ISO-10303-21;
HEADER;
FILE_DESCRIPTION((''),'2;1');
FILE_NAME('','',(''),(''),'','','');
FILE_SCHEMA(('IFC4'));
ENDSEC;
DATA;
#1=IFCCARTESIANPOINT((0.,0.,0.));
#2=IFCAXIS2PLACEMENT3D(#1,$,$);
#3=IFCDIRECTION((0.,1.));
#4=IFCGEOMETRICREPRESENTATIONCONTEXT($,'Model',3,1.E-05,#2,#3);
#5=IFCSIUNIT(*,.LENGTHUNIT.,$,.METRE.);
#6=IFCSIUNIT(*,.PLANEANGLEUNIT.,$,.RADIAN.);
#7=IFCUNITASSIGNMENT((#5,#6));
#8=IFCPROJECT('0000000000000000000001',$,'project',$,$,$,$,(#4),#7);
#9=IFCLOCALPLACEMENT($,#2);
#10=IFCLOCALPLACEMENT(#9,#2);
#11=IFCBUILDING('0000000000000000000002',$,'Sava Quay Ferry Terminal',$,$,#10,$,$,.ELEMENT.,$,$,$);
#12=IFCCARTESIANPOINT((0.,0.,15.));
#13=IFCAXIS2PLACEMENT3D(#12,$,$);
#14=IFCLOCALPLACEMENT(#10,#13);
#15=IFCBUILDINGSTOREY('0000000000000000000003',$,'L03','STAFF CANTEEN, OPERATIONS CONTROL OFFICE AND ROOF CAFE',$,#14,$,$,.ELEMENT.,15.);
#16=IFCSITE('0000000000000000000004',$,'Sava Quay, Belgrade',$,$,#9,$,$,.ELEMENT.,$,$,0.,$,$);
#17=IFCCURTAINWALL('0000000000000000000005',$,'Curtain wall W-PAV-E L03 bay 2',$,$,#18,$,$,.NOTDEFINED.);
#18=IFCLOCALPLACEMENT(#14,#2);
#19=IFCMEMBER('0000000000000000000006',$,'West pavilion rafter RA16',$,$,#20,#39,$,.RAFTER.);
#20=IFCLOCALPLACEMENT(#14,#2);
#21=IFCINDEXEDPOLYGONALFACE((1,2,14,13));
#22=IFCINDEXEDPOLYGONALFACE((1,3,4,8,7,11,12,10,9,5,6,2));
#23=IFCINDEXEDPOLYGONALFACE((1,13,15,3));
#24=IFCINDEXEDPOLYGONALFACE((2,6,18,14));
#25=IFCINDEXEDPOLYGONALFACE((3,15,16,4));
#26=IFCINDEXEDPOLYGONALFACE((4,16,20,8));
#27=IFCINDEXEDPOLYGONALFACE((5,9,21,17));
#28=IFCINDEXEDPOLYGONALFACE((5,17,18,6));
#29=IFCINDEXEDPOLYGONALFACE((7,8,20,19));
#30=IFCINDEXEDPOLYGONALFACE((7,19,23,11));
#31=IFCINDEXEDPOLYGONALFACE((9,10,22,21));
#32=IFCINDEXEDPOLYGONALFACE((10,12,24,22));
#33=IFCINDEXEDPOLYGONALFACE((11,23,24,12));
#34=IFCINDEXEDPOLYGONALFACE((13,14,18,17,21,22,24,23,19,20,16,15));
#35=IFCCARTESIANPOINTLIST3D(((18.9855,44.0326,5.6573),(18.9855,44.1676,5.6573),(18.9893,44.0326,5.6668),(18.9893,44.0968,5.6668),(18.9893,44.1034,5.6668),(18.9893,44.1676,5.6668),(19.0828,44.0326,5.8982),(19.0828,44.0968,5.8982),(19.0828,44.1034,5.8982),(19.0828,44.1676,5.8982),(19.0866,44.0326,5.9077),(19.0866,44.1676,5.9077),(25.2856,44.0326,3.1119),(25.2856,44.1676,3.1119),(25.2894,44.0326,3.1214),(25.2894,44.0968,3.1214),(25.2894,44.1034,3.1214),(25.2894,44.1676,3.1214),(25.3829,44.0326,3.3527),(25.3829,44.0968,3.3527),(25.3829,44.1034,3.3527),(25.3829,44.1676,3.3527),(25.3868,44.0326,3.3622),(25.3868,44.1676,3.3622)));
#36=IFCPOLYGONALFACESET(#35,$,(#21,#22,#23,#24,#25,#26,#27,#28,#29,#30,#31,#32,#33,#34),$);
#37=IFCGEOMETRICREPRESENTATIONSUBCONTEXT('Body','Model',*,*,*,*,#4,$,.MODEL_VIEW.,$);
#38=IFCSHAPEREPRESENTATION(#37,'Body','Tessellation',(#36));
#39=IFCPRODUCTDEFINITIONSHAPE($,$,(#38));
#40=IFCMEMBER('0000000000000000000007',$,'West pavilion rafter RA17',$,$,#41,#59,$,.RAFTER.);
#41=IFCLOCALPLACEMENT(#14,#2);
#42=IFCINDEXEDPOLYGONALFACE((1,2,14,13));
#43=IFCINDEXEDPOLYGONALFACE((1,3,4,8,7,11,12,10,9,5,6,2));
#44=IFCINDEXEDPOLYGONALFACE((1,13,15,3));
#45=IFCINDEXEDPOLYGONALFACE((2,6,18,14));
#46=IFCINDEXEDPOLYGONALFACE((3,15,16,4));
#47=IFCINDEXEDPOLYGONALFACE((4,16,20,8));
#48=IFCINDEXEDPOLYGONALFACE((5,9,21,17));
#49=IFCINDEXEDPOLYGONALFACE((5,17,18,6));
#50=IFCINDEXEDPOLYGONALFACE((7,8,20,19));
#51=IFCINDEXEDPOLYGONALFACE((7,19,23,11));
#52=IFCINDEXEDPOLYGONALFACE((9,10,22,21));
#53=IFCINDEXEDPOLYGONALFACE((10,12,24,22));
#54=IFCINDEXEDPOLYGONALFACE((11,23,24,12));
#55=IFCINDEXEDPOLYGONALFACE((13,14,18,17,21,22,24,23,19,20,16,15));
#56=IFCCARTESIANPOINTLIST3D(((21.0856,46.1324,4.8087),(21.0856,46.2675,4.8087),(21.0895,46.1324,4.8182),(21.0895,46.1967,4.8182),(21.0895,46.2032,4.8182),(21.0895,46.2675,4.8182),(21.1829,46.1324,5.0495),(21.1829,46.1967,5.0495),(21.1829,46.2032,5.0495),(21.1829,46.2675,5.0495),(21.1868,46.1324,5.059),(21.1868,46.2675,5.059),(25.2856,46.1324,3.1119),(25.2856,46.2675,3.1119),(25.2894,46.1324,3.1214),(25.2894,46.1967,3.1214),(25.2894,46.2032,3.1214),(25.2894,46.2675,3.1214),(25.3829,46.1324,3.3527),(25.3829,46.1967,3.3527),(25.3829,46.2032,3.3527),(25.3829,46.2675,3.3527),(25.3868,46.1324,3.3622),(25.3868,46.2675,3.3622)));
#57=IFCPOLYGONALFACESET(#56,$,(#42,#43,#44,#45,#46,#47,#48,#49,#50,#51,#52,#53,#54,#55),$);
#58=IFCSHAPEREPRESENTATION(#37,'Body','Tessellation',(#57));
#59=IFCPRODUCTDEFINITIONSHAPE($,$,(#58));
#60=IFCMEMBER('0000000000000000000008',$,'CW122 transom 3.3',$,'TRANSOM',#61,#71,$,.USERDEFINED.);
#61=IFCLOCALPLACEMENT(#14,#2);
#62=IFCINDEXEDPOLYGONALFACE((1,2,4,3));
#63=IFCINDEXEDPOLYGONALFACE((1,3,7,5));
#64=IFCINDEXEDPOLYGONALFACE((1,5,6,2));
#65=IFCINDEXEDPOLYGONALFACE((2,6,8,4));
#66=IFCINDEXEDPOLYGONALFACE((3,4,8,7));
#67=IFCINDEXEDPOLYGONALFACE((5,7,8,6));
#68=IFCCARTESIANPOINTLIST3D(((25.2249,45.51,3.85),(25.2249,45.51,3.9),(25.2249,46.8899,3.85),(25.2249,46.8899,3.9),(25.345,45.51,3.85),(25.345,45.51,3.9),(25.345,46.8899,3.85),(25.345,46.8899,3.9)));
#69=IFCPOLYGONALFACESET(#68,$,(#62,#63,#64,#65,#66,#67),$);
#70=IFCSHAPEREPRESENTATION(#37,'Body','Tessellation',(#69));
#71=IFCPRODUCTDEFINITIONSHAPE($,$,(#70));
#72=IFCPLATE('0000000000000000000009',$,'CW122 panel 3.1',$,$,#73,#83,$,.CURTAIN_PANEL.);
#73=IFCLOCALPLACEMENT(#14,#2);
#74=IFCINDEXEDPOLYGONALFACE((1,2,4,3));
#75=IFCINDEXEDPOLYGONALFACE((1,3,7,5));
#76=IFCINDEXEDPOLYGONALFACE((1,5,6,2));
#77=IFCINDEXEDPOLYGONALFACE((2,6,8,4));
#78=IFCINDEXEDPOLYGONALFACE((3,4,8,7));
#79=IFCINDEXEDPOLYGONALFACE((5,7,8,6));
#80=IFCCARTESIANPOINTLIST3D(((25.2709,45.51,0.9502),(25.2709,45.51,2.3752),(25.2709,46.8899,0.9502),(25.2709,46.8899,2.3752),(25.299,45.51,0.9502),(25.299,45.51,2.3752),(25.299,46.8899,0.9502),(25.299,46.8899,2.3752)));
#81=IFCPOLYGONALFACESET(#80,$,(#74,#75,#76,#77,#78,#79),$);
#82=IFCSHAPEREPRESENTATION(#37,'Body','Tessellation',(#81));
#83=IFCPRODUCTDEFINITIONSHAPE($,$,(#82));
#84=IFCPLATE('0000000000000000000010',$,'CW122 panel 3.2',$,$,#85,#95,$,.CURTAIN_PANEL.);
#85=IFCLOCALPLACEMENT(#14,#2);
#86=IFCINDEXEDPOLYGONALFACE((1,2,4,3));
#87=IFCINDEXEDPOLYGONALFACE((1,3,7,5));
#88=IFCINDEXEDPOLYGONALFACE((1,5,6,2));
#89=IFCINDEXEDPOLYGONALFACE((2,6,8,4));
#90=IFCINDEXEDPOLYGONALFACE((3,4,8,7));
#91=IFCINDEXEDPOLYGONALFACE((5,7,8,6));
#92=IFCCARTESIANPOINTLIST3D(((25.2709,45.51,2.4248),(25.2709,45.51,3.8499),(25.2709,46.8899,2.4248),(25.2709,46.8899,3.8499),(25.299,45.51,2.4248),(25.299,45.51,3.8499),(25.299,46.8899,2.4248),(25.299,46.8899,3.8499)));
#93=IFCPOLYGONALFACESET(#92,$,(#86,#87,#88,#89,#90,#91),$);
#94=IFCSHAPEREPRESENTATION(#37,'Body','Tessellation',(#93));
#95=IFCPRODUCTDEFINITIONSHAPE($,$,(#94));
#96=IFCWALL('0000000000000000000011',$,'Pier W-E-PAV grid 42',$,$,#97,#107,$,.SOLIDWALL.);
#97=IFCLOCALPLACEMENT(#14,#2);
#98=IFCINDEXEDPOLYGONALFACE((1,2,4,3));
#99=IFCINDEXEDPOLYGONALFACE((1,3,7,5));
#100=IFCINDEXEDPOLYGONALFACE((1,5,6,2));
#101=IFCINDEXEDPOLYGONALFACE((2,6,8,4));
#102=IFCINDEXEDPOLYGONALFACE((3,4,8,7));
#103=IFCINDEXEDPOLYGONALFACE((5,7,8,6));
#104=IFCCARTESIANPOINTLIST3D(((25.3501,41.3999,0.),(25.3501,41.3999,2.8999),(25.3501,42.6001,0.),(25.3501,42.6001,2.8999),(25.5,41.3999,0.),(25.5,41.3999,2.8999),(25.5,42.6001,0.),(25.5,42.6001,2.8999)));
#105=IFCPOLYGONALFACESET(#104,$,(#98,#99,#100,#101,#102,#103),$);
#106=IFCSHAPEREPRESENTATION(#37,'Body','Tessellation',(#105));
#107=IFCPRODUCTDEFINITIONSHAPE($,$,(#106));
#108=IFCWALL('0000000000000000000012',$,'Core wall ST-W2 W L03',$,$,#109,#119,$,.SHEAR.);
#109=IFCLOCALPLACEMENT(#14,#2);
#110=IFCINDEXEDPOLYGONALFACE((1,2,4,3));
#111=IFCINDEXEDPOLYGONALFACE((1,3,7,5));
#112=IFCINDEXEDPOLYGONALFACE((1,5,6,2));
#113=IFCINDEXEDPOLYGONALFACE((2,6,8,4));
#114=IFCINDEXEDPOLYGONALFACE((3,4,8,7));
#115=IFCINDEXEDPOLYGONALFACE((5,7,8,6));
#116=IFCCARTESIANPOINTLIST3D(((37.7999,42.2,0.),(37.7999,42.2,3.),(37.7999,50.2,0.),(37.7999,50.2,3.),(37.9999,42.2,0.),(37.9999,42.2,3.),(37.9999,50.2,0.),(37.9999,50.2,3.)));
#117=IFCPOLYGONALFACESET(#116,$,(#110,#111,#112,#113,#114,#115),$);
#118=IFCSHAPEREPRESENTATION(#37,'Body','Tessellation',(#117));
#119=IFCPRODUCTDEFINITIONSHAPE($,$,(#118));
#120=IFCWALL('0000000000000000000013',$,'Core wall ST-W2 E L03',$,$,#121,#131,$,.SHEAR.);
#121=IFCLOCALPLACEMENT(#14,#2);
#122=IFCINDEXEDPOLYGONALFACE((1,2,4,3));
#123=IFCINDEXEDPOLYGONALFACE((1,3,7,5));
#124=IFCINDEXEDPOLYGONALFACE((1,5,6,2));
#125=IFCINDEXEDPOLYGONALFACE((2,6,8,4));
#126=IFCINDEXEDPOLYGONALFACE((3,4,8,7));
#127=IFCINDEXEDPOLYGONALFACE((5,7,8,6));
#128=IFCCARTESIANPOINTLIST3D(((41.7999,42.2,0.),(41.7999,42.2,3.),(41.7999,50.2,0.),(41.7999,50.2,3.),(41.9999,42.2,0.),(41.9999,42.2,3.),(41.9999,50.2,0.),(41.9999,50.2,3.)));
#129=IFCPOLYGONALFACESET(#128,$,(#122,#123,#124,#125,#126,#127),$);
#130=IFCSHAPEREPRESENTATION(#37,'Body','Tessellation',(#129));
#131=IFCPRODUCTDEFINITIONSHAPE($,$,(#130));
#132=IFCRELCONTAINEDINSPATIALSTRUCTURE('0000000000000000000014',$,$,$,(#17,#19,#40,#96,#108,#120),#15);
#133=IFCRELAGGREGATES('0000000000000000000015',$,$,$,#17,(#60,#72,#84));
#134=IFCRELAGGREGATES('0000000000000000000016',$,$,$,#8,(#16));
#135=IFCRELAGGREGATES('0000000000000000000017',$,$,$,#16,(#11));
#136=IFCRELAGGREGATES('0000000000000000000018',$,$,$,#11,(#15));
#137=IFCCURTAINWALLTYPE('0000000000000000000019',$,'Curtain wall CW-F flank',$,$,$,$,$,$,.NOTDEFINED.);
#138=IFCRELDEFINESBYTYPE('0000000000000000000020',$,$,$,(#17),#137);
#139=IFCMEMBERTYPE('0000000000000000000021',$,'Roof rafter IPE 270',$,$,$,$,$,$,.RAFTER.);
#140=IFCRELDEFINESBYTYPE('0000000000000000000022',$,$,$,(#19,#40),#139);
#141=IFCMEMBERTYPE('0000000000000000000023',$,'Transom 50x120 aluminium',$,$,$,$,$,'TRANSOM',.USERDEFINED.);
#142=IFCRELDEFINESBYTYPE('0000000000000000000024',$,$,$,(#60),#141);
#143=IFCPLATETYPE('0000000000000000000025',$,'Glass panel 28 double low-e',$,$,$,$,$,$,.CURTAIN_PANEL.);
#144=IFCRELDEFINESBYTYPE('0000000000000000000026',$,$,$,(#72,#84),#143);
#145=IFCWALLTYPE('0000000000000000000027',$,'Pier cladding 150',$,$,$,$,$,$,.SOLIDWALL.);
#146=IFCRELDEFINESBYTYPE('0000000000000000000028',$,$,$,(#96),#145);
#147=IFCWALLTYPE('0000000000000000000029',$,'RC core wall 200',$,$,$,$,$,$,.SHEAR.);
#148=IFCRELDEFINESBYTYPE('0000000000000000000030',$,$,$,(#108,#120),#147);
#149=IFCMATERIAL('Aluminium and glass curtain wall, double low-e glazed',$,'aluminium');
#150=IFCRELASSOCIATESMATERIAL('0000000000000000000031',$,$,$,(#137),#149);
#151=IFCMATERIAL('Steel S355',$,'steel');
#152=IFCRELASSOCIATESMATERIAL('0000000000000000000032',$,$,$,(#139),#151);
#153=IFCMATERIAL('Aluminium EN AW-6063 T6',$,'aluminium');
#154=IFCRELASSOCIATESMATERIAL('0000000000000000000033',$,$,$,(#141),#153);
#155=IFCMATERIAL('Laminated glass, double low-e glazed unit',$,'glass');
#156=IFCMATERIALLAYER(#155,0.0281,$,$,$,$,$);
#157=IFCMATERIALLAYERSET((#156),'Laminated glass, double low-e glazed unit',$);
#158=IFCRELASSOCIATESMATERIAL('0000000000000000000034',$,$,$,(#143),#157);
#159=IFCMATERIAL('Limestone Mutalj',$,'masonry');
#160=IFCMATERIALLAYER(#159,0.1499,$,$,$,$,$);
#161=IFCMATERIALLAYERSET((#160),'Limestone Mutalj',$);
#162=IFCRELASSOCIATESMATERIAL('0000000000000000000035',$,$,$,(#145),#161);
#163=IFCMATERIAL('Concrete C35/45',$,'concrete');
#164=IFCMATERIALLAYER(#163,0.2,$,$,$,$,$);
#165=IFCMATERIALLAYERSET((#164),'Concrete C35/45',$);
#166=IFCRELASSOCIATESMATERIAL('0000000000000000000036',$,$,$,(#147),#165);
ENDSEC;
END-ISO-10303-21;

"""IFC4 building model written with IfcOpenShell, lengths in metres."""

from ifc_helpers import new_model, si_unit, direction, frame, frame_2d, origin, origin_2d, place, context, subcontext, project, spatial, rectangle, i_section, extrude, material, layer, layer_set, material_profile, profile_set, type_object, element, aggregate, save


model = new_model("IFC4")

# Units and contexts
model_context = context("Model", 3, precision=1e-05, world=origin(), true_north=direction((0.0, 1.0)))
body_context = subcontext(model_context, "Body", "Model", "MODEL_VIEW")
ifc_project = project(units=[si_unit("LENGTHUNIT", "METRE"), si_unit("PLANEANGLEUNIT", "RADIAN")], contexts=[model_context])

# Site, building, storey
site_placement = place(None, origin())
site = spatial("IfcSite", under=ifc_project, at=site_placement, Name="Sava Quay, Belgrade", CompositionType="ELEMENT", RefElevation=0.0)
building_placement = place(site_placement, origin())
building = spatial("IfcBuilding", under=site, at=building_placement, Name="Sava Quay Ferry Terminal", CompositionType="ELEMENT")
storey_placement = place(building_placement, frame((0.0, 0.0, 15.0)))
storey = spatial("IfcBuildingStorey", under=building, at=storey_placement, Name="L03", Description="STAFF CANTEEN, OPERATIONS CONTROL OFFICE AND ROOF CAFE", CompositionType="ELEMENT", Elevation=15.0)

# Curtain wall
ifc_material_1 = material(Name="Aluminium and glass curtain wall, double low-e glazed", Category="aluminium")
curtain_wall_type = type_object("IfcCurtainWallType", Name="Curtain wall CW-F flank", PredefinedType="NOTDEFINED", material=ifc_material_1)
curtain_wall_placement = place(storey_placement, origin())
curtain_wall = element("IfcCurtainWall", 1, at=curtain_wall_placement, inside=storey, type_object=curtain_wall_type, Name="Curtain wall W-PAV-E L03 bay 2", PredefinedType="NOTDEFINED")

# Members
ifc_material_2 = material(Name="Steel S355", Category="steel")
ifc_material_profile_1 = material_profile(ifc_material_2, i_section(OverallWidth=0.135, OverallDepth=0.27, WebThickness=0.0066, FlangeThickness=0.0103, at=origin_2d()), Name="IPE 270")
ifc_profile_set_1 = profile_set([ifc_material_profile_1], Name="Steel S355")
member_type_1 = type_object("IfcMemberType", Name="Roof rafter IPE 270", PredefinedType="RAFTER", material=ifc_profile_set_1)
member_1_placement = place(storey_placement, frame((25.3362, 44.1001, 3.2371), z_axis=(-0.927183, 0.0, 0.37461), x_axis=(0.0, -1.0, 0.0)))
element("IfcMember", 2, at=member_1_placement, inside=storey, type_object=member_type_1, Name="West pavilion rafter RA16", PredefinedType="RAFTER", context=body_context, shape_type="SweptSolid", body=[
    extrude(i_section(OverallWidth=0.135, OverallDepth=0.27, WebThickness=0.0066, FlangeThickness=0.0103, at=origin_2d()), origin(), (0.0, 0.0, 1.0), 6.7949),
])
member_2_placement = place(storey_placement, frame((25.3362, 46.2, 3.2371), z_axis=(-0.927193, 0.0, 0.374585), x_axis=(0.0, -1.0, 0.0)))
element("IfcMember", 3, at=member_2_placement, inside=storey, type_object=member_type_1, Name="West pavilion rafter RA17", PredefinedType="RAFTER", context=body_context, shape_type="SweptSolid", body=[
    extrude(i_section(OverallWidth=0.135, OverallDepth=0.27, WebThickness=0.0066, FlangeThickness=0.0103, at=origin_2d()), origin(), (0.0, 0.0, 1.0), 4.5298),
])

# Member
ifc_material_3 = material(Name="Aluminium EN AW-6063 T6", Category="aluminium")
ifc_material_profile_2 = material_profile(ifc_material_3, rectangle(XDim=0.1201, YDim=0.05, at=origin_2d()), Name="Transom 50x120 aluminium")
ifc_profile_set_2 = profile_set([ifc_material_profile_2], Name="Aluminium EN AW-6063 T6")
member_type_2 = type_object("IfcMemberType", Name="Transom 50x120 aluminium", ElementType="TRANSOM", PredefinedType="USERDEFINED", material=ifc_profile_set_2)
member_3_placement = place(storey_placement, frame((25.2849, 45.51, 3.875), z_axis=(0.0, 1.0, 0.0), x_axis=(-1.0, 0.0, 0.0)))
member_3 = element("IfcMember", 4, at=member_3_placement, type_object=member_type_2, Name="CW122 transom 3.3", ObjectType="TRANSOM", PredefinedType="USERDEFINED", context=body_context, shape_type="SweptSolid", body=[
    extrude(rectangle(XDim=0.1201, YDim=0.05, at=origin_2d()), origin(), (0.0, 0.0, 1.0), 1.3799),
])

# Plates
ifc_material_4 = material(Name="Laminated glass, double low-e glazed unit", Category="glass")
ifc_layer_1 = layer(ifc_material_4, 0.0281)
ifc_layer_set_1 = layer_set([ifc_layer_1], Name="Laminated glass, double low-e glazed unit")
plate_type = type_object("IfcPlateType", Name="Glass panel 28 double low-e", PredefinedType="CURTAIN_PANEL", material=ifc_layer_set_1)
plate_1_placement = place(storey_placement, frame((25.2849, 46.2, 0.9502), z_axis=(0.0, 0.0, 1.0), x_axis=(0.0, 1.0, 0.0)))
plate_1 = element("IfcPlate", 5, at=plate_1_placement, type_object=plate_type, Name="CW122 panel 3.1", PredefinedType="CURTAIN_PANEL", context=body_context, shape_type="SweptSolid", body=[
    extrude(rectangle(XDim=1.3799, YDim=0.0281, at=origin_2d()), origin(), (0.0, 0.0, 1.0), 1.425),
])
plate_2_placement = place(storey_placement, frame((25.2849, 46.2, 2.4248), z_axis=(0.0, 0.0, 1.0), x_axis=(0.0, 1.0, 0.0)))
plate_2 = element("IfcPlate", 6, at=plate_2_placement, type_object=plate_type, Name="CW122 panel 3.2", PredefinedType="CURTAIN_PANEL", context=body_context, shape_type="SweptSolid", body=[
    extrude(rectangle(XDim=1.3799, YDim=0.0281, at=origin_2d()), origin(), (0.0, 0.0, 1.0), 1.425),
])
aggregate(curtain_wall, [member_3, plate_1, plate_2])

# Wall
ifc_material_5 = material(Name="Limestone Mutalj", Category="masonry")
ifc_layer_2 = layer(ifc_material_5, 0.1499)
ifc_layer_set_2 = layer_set([ifc_layer_2], Name="Limestone Mutalj")
wall_type_1 = type_object("IfcWallType", Name="Pier cladding 150", PredefinedType="SOLIDWALL", material=ifc_layer_set_2)
wall_1_placement = place(storey_placement, frame((25.425, 41.3999, 0.0), z_axis=(0.0, 0.0, 1.0), x_axis=(0.0, 1.0, 0.0)))
element("IfcWall", 7, at=wall_1_placement, inside=storey, type_object=wall_type_1, Name="Pier W-E-PAV grid 42", PredefinedType="SOLIDWALL", context=body_context, shape_type="SweptSolid", body=[
    extrude(rectangle(XDim=1.2002, YDim=0.1499, at=frame_2d((0.6001, 0.0))), origin(), (0.0, 0.0, 1.0), 2.8999),
])

# Shared definitions
ifc_material_6 = material(Name="Concrete C35/45", Category="concrete")
ifc_layer_3 = layer(ifc_material_6, 0.2)
ifc_layer_set_3 = layer_set([ifc_layer_3], Name="Concrete C35/45")
wall_type_2 = type_object("IfcWallType", Name="RC core wall 200", PredefinedType="SHEAR", material=ifc_layer_set_3)

# Walls
for number, where, z_axis, x_axis, name in (
    (8, (37.8999, 42.2, 0.0), (0.0, 0.0, 1.0), (0.0, 1.0, 0.0), "Core wall ST-W2 W L03"),
    (9, (41.8999, 42.2, 0.0), (0.0, 0.0, 1.0), (0.0, 1.0, 0.0), "Core wall ST-W2 E L03"),
):
    element("IfcWall", number, at=place(storey_placement, frame(where, z_axis=z_axis, x_axis=x_axis)), inside=storey, type_object=wall_type_2, Name=name, PredefinedType="SHEAR", context=body_context, shape_type="SweptSolid", body=[
        extrude(rectangle(XDim=8.0, YDim=0.2, at=frame_2d((4.0, 0.0))), origin(), (0.0, 0.0, 1.0), 3.0),
    ])

save(model, "model.ifc")
